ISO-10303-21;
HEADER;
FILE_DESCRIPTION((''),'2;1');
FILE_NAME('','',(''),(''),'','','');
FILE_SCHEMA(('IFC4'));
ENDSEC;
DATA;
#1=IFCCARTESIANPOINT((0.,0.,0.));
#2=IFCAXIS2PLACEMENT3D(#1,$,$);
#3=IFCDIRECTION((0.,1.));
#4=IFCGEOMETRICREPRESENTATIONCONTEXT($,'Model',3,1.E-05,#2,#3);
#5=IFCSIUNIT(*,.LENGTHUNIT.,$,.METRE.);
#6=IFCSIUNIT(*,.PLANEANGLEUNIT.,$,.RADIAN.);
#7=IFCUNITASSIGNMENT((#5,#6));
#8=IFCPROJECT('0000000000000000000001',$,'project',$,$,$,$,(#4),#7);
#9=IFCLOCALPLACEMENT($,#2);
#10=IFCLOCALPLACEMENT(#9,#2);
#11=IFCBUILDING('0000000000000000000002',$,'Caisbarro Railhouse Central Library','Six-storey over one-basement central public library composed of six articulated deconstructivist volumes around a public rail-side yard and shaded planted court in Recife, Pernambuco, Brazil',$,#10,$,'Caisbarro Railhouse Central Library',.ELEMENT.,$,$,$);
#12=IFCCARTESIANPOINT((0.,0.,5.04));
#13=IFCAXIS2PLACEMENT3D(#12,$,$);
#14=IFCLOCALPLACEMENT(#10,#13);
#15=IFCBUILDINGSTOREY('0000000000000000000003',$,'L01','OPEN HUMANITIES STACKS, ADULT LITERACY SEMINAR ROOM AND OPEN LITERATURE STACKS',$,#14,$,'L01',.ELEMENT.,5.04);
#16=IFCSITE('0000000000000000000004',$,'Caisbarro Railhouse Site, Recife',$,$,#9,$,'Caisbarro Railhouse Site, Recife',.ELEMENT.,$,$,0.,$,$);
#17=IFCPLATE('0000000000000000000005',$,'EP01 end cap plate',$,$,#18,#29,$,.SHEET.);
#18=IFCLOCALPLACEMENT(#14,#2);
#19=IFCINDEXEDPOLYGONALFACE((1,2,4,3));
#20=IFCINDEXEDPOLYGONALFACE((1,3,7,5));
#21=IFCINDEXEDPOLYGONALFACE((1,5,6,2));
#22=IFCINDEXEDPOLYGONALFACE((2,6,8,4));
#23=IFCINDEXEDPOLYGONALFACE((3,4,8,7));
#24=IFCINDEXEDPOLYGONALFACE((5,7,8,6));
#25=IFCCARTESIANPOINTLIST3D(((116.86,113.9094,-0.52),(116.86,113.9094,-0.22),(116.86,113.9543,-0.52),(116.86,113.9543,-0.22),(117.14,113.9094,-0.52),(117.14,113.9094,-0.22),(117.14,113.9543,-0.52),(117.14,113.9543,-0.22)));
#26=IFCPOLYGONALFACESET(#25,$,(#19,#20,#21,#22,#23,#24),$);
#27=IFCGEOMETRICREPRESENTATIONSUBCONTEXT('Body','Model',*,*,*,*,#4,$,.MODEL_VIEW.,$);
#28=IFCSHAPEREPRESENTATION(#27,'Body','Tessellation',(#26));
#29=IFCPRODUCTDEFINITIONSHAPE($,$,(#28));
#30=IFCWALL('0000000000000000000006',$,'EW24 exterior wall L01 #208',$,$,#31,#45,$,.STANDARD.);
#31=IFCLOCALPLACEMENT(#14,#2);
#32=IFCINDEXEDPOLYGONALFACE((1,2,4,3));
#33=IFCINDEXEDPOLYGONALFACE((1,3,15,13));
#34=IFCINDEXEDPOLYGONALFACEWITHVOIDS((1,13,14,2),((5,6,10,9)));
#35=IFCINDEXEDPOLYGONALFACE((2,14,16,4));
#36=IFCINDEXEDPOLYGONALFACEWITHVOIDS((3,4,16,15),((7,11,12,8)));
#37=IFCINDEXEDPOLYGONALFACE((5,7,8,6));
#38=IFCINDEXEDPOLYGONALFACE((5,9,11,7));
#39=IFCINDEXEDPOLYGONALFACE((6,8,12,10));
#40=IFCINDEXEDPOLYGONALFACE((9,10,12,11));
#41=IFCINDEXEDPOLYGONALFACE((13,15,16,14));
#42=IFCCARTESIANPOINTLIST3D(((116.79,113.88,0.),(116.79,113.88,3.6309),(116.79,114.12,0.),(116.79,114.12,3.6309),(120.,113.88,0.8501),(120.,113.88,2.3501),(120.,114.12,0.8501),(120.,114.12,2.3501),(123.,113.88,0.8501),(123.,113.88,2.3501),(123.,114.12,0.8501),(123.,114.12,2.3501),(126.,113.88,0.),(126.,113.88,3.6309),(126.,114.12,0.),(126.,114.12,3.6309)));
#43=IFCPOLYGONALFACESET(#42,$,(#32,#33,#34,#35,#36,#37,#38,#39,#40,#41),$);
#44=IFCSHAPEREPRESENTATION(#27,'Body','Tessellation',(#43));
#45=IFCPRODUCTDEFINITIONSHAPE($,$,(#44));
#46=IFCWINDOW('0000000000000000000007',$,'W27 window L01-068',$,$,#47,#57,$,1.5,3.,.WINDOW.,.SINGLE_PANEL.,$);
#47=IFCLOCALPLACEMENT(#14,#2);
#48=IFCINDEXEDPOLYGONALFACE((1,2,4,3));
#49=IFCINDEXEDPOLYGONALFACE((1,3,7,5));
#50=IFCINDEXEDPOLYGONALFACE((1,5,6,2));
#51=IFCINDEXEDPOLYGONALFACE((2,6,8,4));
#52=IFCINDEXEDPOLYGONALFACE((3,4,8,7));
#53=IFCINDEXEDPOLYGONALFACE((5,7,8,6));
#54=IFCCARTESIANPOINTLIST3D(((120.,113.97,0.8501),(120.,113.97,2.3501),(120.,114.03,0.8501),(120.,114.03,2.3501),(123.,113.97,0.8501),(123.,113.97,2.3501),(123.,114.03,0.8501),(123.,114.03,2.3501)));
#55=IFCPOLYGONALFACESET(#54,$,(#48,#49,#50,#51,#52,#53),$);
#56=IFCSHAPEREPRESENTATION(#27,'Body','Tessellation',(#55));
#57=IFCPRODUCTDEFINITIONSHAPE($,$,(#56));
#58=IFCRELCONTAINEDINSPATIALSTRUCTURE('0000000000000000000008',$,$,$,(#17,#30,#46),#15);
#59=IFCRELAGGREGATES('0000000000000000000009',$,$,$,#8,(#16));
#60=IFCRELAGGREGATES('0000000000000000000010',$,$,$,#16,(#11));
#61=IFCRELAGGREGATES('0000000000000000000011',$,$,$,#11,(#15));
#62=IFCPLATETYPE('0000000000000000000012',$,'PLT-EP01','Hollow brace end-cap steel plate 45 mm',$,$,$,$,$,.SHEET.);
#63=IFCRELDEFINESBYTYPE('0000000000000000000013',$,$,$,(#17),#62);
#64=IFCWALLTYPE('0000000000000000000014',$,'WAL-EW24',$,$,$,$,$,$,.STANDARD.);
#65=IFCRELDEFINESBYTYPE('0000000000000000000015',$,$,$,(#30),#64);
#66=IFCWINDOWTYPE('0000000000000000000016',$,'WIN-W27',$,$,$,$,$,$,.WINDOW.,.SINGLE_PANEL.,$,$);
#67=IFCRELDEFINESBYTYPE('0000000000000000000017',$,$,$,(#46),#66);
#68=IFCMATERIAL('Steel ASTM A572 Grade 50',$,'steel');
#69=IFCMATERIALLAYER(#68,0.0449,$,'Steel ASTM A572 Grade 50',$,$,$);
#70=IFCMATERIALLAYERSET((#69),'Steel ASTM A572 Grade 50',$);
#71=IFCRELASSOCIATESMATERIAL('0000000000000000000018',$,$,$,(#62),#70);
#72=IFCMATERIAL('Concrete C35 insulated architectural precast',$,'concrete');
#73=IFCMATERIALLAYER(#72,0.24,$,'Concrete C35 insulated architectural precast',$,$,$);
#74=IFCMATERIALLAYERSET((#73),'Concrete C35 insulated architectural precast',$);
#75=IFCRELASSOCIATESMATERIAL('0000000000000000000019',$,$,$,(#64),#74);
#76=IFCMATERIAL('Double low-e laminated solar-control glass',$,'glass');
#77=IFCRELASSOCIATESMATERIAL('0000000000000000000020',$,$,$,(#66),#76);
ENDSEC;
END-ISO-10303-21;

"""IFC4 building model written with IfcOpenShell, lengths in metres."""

from ifc_helpers import new_model, si_unit, direction, frame, frame_2d, origin, origin_2d, place, context, subcontext, project, spatial, rectangle, extrude, material, layer, layer_set, type_object, element, fill, save


model = new_model("IFC4")

# Units and contexts
model_context = context("Model", 3, precision=1e-05, world=origin(), true_north=direction((0.0, 1.0)))
body_context = subcontext(model_context, "Body", "Model", "MODEL_VIEW")
ifc_project = project(units=[si_unit("LENGTHUNIT", "METRE"), si_unit("PLANEANGLEUNIT", "RADIAN")], contexts=[model_context])

# Site, building, storey
site_placement = place(None, origin())
site = spatial("IfcSite", under=ifc_project, at=site_placement, Name="Caisbarro Railhouse Site, Recife", LongName="Caisbarro Railhouse Site, Recife", CompositionType="ELEMENT", RefElevation=0.0)
building_placement = place(site_placement, origin())
building = spatial("IfcBuilding", under=site, at=building_placement, Name="Caisbarro Railhouse Central Library", Description="Six-storey over one-basement central public library composed of six articulated deconstructivist volumes around a public rail-side yard and shaded planted court in Recife, Pernambuco, Brazil", LongName="Caisbarro Railhouse Central Library", CompositionType="ELEMENT")
storey_placement = place(building_placement, frame((0.0, 0.0, 5.04)))
storey = spatial("IfcBuildingStorey", under=building, at=storey_placement, Name="L01", Description="OPEN HUMANITIES STACKS, ADULT LITERACY SEMINAR ROOM AND OPEN LITERATURE STACKS", LongName="L01", CompositionType="ELEMENT", Elevation=5.04)

# Shared definitions
ifc_material_1 = material(Name="Steel ASTM A572 Grade 50", Category="steel")

# Shared definitions
ifc_material_2 = material(Name="Double low-e laminated solar-control glass", Category="glass")

# Plate
ifc_layer_1 = layer(ifc_material_1, 0.0449, Name="Steel ASTM A572 Grade 50")
ifc_layer_set_1 = layer_set([ifc_layer_1], Name="Steel ASTM A572 Grade 50")
plate_type_1 = type_object("IfcPlateType", Name="PLT-EP01", Description="Hollow brace end-cap steel plate 45 mm", PredefinedType="SHEET", material=ifc_layer_set_1)
plate_1_placement = place(storey_placement, frame((117.0, 113.9319, -0.52), z_axis=(0.0, 0.0, 1.0), x_axis=(0.0, 1.0, 0.0)))
element("IfcPlate", 1, at=plate_1_placement, inside=storey, type_object=plate_type_1, Name="EP01 end cap plate", PredefinedType="SHEET", context=body_context, shape_type="SweptSolid", body=[
    extrude(rectangle(XDim=0.0449, YDim=0.28, at=origin_2d()), origin(), (0.0, 0.0, 1.0), 0.3),
])

# Wall, opening, window
ifc_material_3 = material(Name="Concrete C35 insulated architectural precast", Category="concrete")
ifc_layer_2 = layer(ifc_material_3, 0.24, Name="Concrete C35 insulated architectural precast")
ifc_layer_set_2 = layer_set([ifc_layer_2], Name="Concrete C35 insulated architectural precast")
wall_type = type_object("IfcWallType", Name="WAL-EW24", PredefinedType="STANDARD", material=ifc_layer_set_2)
wall_placement = place(storey_placement, frame((116.79, 114.0, 0.0), z_axis=(0.0, 0.0, 1.0), x_axis=(1.0, 0.0, 0.0)))
wall = element("IfcWall", 2, at=wall_placement, inside=storey, type_object=wall_type, Name="EW24 exterior wall L01 #208", PredefinedType="STANDARD", context=body_context, shape_type="SweptSolid", body=[
    extrude(rectangle(XDim=9.21, YDim=0.24, at=frame_2d((4.605, 0.0))), origin(), (0.0, 0.0, 1.0), 3.6309),
])
opening_placement = place(wall_placement, frame((3.21, 0.0, 0.8501)))
opening = element("IfcOpeningElement", 3, at=opening_placement, cuts=wall, PredefinedType="OPENING", context=body_context, shape_type="SweptSolid", body=[
    extrude(rectangle(XDim=3.0, YDim=1.5, at=frame_2d((1.5, 0.75))), frame((0.0, 0.1299, 0.0), z_axis=(0.0, -1.0, 0.0), x_axis=(1.0, 0.0, 0.0)), (0.0, 0.0, 1.0), 0.26),
])
window_type = type_object("IfcWindowType", Name="WIN-W27", PartitioningType="SINGLE_PANEL", PredefinedType="WINDOW", material=ifc_material_2)
window_placement = place(opening_placement, origin())
window = element("IfcWindow", 4, at=window_placement, inside=storey, type_object=window_type, Name="W27 window L01-068", OverallHeight=1.5, OverallWidth=3.0, PartitioningType="SINGLE_PANEL", PredefinedType="WINDOW", context=body_context, shape_type="SweptSolid", body=[
    extrude(rectangle(XDim=3.0, YDim=1.5, at=frame_2d((1.5, 0.75))), frame((0.0, 0.03, 0.0), z_axis=(0.0, -1.0, 0.0), x_axis=(1.0, 0.0, 0.0)), (0.0, 0.0, 1.0), 0.0601),
])
fill(opening, window)

save(model, "model.ifc")
